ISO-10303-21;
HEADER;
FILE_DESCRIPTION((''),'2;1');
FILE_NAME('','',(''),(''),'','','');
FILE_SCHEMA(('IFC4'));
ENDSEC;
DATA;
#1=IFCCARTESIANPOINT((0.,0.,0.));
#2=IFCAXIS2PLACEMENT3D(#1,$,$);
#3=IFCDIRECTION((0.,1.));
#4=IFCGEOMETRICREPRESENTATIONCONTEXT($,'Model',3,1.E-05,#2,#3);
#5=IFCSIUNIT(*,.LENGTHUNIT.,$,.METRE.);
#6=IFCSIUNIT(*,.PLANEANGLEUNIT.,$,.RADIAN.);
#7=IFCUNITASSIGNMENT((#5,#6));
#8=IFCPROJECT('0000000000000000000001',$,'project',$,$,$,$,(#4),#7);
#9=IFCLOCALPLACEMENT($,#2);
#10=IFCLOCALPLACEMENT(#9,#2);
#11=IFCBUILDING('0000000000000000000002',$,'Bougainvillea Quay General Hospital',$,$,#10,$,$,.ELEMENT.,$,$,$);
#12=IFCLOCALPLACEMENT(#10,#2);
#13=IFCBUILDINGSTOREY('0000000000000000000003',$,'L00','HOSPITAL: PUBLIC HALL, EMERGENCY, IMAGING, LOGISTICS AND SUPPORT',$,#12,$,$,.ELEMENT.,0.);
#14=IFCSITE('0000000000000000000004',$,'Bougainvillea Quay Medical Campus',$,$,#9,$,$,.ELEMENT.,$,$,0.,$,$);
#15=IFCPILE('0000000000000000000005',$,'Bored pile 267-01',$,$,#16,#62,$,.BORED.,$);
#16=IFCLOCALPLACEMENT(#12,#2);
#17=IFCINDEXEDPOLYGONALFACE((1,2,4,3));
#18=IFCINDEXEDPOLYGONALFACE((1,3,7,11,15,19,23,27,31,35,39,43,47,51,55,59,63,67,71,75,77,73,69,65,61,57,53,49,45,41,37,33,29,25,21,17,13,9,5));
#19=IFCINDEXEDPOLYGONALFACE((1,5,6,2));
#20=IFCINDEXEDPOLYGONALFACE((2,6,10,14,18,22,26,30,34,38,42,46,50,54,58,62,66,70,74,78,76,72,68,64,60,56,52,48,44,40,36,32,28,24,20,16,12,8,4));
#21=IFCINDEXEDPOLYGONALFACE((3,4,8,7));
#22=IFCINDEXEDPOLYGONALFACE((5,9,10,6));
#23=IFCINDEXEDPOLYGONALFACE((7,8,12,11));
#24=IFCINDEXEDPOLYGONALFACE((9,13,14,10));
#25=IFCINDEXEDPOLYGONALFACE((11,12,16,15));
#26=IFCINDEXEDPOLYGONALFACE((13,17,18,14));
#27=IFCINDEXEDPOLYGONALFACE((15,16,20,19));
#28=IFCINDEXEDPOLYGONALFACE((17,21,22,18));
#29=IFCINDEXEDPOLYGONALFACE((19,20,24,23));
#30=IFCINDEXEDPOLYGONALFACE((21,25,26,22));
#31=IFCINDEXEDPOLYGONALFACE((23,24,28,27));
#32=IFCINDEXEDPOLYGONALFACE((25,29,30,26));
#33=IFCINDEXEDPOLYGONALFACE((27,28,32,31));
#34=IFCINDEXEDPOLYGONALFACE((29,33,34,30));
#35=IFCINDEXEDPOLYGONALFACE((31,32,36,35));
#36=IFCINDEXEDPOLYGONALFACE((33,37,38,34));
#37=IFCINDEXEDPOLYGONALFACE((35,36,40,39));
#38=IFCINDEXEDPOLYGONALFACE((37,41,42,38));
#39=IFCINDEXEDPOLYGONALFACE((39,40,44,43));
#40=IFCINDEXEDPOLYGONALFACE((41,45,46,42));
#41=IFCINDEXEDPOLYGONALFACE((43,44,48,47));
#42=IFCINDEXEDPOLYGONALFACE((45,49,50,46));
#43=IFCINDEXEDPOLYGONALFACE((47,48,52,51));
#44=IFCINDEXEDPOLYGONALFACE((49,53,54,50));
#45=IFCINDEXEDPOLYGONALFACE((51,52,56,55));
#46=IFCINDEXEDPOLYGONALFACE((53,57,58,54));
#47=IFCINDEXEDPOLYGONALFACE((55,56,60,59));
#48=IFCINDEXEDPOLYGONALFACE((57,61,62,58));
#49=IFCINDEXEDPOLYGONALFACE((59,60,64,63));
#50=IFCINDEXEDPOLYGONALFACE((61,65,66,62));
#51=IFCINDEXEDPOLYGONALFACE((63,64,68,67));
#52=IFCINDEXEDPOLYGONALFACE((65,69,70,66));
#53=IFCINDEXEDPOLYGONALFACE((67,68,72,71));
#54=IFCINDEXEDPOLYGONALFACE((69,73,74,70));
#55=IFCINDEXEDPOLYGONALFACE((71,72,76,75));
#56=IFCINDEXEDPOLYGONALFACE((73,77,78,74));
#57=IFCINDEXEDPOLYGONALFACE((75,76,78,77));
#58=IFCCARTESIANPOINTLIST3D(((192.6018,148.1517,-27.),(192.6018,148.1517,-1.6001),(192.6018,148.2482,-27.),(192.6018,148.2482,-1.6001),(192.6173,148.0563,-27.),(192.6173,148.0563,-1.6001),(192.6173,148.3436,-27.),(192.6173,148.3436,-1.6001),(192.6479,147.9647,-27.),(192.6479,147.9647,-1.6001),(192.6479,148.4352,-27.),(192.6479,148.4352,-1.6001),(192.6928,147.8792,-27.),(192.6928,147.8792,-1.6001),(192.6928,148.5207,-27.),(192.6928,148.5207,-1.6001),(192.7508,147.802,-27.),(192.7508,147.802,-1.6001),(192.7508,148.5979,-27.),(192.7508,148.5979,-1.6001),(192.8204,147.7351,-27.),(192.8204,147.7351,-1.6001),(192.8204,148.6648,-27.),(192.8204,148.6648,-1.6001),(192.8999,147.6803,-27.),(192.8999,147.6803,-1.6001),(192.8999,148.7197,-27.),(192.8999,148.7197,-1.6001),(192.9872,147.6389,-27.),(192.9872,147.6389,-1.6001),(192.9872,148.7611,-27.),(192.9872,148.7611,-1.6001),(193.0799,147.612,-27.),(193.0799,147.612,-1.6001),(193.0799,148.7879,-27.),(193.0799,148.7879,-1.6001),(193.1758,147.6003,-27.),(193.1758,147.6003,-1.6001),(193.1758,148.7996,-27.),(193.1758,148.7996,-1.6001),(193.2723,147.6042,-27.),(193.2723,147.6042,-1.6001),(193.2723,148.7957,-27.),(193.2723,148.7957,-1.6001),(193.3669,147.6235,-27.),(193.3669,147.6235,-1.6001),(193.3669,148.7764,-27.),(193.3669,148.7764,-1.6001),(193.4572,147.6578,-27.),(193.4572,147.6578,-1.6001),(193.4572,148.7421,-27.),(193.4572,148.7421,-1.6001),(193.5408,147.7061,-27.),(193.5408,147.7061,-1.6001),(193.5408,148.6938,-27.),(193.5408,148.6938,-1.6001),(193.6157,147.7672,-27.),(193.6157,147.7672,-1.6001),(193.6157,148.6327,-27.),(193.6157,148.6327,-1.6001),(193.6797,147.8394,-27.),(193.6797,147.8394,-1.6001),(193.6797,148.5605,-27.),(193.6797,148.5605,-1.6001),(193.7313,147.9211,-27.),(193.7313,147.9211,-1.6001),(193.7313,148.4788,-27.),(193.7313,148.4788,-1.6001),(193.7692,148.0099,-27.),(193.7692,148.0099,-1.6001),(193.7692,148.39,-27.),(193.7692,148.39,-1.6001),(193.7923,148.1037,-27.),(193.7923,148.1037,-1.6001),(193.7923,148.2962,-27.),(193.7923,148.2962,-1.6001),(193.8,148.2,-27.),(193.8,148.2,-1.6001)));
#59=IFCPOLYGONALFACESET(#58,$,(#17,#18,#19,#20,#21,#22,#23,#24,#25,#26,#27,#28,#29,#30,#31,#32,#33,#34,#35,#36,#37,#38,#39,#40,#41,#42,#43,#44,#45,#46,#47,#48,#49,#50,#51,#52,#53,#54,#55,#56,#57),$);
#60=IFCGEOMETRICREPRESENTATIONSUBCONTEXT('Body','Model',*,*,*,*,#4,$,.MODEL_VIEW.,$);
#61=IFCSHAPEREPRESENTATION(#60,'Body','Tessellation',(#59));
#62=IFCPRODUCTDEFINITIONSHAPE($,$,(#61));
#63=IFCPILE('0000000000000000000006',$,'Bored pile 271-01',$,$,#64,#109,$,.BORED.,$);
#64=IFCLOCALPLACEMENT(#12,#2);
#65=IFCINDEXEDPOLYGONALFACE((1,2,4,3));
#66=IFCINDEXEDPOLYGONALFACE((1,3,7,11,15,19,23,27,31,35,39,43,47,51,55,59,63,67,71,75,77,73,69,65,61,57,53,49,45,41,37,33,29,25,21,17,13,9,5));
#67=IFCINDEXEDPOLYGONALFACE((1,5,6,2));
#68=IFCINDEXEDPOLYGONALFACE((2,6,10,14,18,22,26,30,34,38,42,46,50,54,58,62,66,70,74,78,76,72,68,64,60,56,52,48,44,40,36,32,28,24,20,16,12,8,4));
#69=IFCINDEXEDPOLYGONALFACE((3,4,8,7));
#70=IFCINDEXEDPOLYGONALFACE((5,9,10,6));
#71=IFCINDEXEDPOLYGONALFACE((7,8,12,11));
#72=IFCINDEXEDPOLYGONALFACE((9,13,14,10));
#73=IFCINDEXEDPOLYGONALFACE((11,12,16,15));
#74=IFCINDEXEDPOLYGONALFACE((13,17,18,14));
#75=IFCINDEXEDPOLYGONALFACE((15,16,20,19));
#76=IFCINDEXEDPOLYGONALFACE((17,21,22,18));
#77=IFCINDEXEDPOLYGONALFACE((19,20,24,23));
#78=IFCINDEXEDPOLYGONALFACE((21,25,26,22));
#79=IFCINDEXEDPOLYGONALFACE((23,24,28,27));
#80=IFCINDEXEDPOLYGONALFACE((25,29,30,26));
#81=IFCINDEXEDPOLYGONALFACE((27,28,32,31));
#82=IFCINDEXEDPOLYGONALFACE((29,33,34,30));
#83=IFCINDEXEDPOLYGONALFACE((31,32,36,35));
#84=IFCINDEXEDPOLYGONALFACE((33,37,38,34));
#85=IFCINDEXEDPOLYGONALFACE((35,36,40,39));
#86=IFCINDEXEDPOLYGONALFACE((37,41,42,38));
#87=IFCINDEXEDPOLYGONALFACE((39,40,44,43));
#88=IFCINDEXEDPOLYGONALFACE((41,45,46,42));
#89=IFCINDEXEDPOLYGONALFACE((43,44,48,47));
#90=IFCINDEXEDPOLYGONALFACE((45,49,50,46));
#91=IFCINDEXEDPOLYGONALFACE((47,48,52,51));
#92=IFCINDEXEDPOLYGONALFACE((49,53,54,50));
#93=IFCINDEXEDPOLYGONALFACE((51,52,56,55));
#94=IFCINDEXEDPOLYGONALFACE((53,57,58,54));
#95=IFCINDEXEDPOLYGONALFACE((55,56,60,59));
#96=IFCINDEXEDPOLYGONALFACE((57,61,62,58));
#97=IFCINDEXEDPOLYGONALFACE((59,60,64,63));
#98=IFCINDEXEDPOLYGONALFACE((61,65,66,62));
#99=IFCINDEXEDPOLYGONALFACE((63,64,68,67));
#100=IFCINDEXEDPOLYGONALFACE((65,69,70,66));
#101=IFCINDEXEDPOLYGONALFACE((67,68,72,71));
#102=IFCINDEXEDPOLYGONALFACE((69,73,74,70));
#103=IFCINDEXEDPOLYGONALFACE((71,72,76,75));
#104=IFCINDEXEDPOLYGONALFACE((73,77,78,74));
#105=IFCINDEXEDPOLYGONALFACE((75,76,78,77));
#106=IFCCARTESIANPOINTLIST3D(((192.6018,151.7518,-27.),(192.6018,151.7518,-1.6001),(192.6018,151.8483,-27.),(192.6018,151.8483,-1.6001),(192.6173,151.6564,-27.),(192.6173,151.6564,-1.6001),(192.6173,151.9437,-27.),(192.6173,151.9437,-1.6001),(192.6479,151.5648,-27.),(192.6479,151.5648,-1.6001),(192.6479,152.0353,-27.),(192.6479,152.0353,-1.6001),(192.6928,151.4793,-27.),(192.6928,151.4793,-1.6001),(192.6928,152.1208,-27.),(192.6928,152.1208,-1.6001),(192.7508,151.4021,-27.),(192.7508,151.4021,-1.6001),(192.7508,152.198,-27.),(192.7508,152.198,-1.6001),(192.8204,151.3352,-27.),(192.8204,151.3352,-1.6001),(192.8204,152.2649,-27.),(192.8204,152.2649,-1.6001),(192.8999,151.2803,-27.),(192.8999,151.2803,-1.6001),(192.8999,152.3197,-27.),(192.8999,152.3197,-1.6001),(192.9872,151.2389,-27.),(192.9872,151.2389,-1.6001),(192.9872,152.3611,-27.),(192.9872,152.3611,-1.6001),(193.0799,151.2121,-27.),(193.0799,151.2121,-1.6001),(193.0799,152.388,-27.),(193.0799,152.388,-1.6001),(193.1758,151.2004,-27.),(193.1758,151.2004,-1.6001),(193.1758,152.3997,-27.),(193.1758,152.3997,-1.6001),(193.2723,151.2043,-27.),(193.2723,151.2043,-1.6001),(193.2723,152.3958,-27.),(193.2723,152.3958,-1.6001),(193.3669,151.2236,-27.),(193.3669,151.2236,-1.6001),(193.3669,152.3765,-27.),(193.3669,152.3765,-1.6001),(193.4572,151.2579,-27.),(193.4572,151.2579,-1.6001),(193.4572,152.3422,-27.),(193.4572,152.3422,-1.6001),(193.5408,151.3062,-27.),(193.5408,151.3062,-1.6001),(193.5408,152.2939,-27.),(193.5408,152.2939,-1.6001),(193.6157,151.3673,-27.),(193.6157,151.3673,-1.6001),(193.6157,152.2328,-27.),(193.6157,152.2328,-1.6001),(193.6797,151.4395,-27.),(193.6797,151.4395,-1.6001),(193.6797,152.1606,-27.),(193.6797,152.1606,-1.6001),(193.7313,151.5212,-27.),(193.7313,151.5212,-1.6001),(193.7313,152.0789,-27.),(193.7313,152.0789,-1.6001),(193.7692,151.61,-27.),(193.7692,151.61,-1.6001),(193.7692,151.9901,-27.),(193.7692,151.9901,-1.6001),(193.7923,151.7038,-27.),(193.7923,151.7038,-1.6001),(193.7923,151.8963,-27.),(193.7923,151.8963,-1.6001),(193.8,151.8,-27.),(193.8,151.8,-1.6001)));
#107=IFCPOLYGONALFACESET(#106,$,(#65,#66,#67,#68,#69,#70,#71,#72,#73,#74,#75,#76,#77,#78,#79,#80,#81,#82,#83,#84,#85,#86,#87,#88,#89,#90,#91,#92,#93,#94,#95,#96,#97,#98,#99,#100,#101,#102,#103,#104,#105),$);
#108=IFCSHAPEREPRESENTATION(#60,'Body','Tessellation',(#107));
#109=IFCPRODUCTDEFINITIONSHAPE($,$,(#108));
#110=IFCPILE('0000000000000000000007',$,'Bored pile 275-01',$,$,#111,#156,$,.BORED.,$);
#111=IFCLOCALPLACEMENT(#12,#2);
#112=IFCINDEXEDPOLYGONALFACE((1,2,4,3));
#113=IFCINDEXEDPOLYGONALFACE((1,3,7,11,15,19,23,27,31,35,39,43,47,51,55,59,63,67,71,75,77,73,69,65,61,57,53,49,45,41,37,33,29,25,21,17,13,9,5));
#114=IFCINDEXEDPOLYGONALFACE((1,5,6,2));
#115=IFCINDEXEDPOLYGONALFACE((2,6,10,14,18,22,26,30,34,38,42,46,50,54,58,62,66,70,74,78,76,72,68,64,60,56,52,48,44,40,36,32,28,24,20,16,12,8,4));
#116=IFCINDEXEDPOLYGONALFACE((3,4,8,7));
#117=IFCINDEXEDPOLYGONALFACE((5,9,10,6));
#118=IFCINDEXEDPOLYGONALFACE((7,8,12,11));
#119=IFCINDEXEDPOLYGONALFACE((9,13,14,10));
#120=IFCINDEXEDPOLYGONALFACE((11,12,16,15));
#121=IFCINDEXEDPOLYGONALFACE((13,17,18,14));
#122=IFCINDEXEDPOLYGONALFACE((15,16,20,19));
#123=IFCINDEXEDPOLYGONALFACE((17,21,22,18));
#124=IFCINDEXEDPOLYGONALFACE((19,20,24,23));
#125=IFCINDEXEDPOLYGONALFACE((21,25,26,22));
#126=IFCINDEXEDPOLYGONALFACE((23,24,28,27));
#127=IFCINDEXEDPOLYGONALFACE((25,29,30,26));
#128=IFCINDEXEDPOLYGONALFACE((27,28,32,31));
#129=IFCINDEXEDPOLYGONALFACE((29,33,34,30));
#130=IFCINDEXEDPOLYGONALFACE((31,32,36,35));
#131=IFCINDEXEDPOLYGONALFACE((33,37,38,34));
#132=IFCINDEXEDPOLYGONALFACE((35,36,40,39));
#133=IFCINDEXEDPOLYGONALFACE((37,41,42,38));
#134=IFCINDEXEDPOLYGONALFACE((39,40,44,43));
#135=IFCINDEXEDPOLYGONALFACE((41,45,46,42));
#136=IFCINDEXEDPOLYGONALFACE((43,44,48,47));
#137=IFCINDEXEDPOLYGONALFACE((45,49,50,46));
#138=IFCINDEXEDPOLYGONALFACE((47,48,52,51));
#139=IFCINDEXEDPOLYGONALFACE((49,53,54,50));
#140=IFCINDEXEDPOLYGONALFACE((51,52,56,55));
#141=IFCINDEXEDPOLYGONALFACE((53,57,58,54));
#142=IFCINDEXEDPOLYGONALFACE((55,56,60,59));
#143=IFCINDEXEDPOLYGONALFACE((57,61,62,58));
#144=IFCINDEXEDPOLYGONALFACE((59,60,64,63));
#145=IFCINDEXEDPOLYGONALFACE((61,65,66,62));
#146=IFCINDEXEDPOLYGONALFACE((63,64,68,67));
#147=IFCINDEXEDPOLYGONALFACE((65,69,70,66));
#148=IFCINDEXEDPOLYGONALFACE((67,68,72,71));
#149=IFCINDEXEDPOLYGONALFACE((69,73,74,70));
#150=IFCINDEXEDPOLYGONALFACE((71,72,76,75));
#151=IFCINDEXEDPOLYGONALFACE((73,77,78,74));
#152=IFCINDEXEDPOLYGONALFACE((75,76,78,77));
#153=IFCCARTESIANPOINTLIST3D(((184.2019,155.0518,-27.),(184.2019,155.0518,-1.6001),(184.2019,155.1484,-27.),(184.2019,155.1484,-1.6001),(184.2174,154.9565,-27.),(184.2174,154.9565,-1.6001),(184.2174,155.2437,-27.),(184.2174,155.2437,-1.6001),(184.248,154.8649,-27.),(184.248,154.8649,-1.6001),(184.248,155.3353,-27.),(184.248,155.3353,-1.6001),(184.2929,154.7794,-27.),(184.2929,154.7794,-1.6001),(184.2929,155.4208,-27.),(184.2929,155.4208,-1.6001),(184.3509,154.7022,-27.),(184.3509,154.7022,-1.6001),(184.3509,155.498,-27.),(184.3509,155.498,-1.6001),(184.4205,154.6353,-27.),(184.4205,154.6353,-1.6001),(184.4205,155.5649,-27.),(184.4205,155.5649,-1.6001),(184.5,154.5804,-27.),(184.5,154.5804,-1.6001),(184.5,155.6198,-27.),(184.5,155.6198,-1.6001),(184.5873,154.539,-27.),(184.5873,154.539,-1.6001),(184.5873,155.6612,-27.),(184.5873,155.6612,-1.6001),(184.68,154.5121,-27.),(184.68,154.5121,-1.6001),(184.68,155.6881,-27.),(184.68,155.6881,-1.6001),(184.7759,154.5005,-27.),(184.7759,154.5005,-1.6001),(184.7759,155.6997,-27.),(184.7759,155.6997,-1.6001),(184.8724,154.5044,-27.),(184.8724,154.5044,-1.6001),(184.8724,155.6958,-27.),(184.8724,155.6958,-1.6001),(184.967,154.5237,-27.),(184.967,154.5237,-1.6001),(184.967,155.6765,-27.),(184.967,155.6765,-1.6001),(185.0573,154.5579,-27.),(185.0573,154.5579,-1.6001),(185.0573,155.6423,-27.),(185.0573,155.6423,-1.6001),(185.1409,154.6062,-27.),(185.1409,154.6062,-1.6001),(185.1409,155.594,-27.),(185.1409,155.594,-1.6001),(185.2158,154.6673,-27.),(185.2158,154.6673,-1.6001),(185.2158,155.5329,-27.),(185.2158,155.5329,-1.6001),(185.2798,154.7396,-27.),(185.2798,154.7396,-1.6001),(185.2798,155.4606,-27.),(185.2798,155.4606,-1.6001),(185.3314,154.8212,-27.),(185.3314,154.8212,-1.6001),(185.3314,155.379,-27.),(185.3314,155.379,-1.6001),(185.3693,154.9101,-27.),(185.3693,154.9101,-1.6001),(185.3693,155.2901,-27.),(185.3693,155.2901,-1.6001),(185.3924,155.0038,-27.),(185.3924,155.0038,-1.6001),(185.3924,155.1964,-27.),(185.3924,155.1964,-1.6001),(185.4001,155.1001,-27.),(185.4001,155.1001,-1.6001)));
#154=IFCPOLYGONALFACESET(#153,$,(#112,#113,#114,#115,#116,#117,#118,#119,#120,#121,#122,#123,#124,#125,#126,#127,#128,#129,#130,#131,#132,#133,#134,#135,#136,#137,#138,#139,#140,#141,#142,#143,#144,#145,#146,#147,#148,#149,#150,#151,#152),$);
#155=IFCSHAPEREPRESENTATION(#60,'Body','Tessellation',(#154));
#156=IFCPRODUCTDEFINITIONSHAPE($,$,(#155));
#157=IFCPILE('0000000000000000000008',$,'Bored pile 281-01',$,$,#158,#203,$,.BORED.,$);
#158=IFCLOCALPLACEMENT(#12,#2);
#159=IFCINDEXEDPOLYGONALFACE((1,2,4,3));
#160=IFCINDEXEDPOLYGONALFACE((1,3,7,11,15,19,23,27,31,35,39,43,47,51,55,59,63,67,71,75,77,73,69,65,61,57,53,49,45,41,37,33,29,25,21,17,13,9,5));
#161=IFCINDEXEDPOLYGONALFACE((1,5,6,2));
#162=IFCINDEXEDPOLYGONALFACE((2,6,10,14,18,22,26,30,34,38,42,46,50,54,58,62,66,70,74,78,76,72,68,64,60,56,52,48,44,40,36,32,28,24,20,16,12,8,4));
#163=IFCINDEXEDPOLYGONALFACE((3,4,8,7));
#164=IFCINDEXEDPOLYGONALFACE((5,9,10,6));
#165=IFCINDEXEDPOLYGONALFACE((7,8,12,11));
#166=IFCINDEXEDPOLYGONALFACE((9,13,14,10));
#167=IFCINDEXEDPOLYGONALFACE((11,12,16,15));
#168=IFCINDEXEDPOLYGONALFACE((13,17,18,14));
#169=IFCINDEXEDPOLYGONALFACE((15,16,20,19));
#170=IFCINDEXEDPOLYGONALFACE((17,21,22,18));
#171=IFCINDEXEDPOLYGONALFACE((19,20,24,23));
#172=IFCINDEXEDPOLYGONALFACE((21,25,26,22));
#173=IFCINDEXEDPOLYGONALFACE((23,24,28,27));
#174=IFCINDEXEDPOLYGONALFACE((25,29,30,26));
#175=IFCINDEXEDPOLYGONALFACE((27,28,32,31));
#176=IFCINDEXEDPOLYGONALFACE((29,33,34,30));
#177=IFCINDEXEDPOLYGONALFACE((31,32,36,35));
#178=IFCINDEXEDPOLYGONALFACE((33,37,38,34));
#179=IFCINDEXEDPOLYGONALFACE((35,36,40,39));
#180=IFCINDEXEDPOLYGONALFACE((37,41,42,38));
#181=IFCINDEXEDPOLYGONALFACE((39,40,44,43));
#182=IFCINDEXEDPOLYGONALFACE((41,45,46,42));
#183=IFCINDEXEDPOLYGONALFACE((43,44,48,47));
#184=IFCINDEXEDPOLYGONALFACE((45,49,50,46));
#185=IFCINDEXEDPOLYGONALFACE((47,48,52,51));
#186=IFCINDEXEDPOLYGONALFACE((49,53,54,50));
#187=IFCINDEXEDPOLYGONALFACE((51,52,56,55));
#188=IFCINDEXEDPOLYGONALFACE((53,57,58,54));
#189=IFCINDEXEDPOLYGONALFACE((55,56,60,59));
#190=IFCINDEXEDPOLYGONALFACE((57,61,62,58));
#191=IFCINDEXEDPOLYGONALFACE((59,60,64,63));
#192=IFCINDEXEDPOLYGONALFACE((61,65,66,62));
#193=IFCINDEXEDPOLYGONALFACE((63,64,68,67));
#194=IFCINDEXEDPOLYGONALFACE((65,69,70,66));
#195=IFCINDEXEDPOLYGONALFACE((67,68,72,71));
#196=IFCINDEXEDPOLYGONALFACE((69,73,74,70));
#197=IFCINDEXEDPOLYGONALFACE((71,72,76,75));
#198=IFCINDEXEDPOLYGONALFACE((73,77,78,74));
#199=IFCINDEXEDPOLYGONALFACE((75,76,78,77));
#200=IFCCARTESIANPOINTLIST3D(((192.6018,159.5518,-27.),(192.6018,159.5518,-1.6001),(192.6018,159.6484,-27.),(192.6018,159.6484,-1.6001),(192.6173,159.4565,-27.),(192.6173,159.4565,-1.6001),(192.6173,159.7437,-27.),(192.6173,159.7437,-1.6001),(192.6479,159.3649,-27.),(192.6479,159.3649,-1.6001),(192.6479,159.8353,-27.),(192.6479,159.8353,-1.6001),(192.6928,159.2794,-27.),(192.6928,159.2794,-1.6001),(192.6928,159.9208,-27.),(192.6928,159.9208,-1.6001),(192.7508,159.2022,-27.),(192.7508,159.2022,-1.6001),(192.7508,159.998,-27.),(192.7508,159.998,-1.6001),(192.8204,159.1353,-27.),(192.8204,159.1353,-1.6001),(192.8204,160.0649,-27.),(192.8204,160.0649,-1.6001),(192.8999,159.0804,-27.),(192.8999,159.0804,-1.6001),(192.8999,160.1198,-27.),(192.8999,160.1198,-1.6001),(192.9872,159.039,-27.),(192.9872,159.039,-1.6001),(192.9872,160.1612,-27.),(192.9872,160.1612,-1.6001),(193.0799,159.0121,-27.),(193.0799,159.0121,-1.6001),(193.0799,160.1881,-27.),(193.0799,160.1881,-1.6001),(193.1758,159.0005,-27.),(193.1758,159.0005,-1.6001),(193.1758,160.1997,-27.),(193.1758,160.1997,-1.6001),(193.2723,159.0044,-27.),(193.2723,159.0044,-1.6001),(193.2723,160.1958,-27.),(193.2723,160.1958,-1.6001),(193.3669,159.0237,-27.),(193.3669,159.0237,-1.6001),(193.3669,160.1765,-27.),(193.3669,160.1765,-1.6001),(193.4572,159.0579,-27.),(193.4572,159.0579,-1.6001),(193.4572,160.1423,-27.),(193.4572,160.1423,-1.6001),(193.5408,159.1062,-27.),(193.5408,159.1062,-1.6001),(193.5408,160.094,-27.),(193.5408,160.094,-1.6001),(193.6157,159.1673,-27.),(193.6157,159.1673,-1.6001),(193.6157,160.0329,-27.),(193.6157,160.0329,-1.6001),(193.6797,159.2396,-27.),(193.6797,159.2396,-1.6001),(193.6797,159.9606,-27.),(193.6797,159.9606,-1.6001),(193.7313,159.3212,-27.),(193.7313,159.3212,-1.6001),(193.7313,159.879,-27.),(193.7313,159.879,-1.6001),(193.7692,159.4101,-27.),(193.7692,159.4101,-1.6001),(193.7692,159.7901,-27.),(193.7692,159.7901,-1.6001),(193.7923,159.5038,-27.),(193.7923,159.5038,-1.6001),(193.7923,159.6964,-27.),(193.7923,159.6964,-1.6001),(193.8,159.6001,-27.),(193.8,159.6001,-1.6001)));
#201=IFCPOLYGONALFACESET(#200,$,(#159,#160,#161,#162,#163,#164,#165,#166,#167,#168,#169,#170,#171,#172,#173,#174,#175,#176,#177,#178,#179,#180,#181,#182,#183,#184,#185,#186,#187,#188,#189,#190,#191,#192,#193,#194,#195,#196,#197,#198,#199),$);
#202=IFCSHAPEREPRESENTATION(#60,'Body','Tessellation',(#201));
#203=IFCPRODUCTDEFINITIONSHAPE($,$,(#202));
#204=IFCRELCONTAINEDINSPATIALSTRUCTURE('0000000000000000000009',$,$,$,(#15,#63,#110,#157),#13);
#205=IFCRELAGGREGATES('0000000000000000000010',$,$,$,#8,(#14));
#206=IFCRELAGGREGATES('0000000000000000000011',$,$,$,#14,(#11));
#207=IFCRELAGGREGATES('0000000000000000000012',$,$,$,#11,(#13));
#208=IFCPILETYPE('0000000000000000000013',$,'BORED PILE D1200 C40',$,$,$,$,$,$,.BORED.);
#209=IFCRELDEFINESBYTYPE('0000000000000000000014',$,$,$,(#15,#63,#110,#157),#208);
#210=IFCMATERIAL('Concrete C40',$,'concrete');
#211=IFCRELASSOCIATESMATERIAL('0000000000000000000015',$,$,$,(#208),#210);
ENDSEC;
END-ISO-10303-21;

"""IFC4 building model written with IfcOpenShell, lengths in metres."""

from ifc_helpers import new_model, si_unit, direction, frame, origin, origin_2d, place, context, subcontext, project, spatial, circle, extrude, material, material_profile, profile_set, type_object, element, save


model = new_model("IFC4")

# Units and contexts
model_context = context("Model", 3, precision=1e-05, world=origin(), true_north=direction((0.0, 1.0)))
body_context = subcontext(model_context, "Body", "Model", "MODEL_VIEW")
ifc_project = project(units=[si_unit("LENGTHUNIT", "METRE"), si_unit("PLANEANGLEUNIT", "RADIAN")], contexts=[model_context])

# Site, building, storey
site_placement = place(None, origin())
site = spatial("IfcSite", under=ifc_project, at=site_placement, Name="Bougainvillea Quay Medical Campus", CompositionType="ELEMENT", RefElevation=0.0)
building_placement = place(site_placement, origin())
building = spatial("IfcBuilding", under=site, at=building_placement, Name="Bougainvillea Quay General Hospital", CompositionType="ELEMENT")
storey_placement = place(building_placement, origin())
storey = spatial("IfcBuildingStorey", under=building, at=storey_placement, Name="L00", Description="HOSPITAL: PUBLIC HALL, EMERGENCY, IMAGING, LOGISTICS AND SUPPORT", CompositionType="ELEMENT", Elevation=0.0)

# Piles
ifc_material_1 = material(Name="Concrete C40", Category="concrete")
ifc_material_profile_1 = material_profile(ifc_material_1, circle(Radius=0.6001, at=origin_2d()))
ifc_profile_set_1 = profile_set([ifc_material_profile_1], Name="Concrete C40")
pile_type = type_object("IfcPileType", Name="BORED PILE D1200 C40", PredefinedType="BORED", material=ifc_profile_set_1)
for number, where, z_axis, x_axis, name in (
    (1, (193.2, 148.2, -1.6001), (0.0, 0.0, -1.0), (1.0, 0.0, 0.0), "Bored pile 267-01"),
    (2, (193.2, 151.8, -1.6001), (0.0, 0.0, -1.0), (1.0, 0.0, 0.0), "Bored pile 271-01"),
    (3, (184.8, 155.1001, -1.6001), (0.0, 0.0, -1.0), (1.0, 0.0, 0.0), "Bored pile 275-01"),
    (4, (193.2, 159.6001, -1.6001), (0.0, 0.0, -1.0), (1.0, 0.0, 0.0), "Bored pile 281-01"),
):
    element("IfcPile", number, at=place(storey_placement, frame(where, z_axis=z_axis, x_axis=x_axis)), inside=storey, type_object=pile_type, Name=name, PredefinedType="BORED", context=body_context, shape_type="SweptSolid", body=[
        extrude(circle(Radius=0.6001, at=origin_2d()), origin(), (0.0, 0.0, 1.0), 25.3999),
    ])

save(model, "model.ifc")
